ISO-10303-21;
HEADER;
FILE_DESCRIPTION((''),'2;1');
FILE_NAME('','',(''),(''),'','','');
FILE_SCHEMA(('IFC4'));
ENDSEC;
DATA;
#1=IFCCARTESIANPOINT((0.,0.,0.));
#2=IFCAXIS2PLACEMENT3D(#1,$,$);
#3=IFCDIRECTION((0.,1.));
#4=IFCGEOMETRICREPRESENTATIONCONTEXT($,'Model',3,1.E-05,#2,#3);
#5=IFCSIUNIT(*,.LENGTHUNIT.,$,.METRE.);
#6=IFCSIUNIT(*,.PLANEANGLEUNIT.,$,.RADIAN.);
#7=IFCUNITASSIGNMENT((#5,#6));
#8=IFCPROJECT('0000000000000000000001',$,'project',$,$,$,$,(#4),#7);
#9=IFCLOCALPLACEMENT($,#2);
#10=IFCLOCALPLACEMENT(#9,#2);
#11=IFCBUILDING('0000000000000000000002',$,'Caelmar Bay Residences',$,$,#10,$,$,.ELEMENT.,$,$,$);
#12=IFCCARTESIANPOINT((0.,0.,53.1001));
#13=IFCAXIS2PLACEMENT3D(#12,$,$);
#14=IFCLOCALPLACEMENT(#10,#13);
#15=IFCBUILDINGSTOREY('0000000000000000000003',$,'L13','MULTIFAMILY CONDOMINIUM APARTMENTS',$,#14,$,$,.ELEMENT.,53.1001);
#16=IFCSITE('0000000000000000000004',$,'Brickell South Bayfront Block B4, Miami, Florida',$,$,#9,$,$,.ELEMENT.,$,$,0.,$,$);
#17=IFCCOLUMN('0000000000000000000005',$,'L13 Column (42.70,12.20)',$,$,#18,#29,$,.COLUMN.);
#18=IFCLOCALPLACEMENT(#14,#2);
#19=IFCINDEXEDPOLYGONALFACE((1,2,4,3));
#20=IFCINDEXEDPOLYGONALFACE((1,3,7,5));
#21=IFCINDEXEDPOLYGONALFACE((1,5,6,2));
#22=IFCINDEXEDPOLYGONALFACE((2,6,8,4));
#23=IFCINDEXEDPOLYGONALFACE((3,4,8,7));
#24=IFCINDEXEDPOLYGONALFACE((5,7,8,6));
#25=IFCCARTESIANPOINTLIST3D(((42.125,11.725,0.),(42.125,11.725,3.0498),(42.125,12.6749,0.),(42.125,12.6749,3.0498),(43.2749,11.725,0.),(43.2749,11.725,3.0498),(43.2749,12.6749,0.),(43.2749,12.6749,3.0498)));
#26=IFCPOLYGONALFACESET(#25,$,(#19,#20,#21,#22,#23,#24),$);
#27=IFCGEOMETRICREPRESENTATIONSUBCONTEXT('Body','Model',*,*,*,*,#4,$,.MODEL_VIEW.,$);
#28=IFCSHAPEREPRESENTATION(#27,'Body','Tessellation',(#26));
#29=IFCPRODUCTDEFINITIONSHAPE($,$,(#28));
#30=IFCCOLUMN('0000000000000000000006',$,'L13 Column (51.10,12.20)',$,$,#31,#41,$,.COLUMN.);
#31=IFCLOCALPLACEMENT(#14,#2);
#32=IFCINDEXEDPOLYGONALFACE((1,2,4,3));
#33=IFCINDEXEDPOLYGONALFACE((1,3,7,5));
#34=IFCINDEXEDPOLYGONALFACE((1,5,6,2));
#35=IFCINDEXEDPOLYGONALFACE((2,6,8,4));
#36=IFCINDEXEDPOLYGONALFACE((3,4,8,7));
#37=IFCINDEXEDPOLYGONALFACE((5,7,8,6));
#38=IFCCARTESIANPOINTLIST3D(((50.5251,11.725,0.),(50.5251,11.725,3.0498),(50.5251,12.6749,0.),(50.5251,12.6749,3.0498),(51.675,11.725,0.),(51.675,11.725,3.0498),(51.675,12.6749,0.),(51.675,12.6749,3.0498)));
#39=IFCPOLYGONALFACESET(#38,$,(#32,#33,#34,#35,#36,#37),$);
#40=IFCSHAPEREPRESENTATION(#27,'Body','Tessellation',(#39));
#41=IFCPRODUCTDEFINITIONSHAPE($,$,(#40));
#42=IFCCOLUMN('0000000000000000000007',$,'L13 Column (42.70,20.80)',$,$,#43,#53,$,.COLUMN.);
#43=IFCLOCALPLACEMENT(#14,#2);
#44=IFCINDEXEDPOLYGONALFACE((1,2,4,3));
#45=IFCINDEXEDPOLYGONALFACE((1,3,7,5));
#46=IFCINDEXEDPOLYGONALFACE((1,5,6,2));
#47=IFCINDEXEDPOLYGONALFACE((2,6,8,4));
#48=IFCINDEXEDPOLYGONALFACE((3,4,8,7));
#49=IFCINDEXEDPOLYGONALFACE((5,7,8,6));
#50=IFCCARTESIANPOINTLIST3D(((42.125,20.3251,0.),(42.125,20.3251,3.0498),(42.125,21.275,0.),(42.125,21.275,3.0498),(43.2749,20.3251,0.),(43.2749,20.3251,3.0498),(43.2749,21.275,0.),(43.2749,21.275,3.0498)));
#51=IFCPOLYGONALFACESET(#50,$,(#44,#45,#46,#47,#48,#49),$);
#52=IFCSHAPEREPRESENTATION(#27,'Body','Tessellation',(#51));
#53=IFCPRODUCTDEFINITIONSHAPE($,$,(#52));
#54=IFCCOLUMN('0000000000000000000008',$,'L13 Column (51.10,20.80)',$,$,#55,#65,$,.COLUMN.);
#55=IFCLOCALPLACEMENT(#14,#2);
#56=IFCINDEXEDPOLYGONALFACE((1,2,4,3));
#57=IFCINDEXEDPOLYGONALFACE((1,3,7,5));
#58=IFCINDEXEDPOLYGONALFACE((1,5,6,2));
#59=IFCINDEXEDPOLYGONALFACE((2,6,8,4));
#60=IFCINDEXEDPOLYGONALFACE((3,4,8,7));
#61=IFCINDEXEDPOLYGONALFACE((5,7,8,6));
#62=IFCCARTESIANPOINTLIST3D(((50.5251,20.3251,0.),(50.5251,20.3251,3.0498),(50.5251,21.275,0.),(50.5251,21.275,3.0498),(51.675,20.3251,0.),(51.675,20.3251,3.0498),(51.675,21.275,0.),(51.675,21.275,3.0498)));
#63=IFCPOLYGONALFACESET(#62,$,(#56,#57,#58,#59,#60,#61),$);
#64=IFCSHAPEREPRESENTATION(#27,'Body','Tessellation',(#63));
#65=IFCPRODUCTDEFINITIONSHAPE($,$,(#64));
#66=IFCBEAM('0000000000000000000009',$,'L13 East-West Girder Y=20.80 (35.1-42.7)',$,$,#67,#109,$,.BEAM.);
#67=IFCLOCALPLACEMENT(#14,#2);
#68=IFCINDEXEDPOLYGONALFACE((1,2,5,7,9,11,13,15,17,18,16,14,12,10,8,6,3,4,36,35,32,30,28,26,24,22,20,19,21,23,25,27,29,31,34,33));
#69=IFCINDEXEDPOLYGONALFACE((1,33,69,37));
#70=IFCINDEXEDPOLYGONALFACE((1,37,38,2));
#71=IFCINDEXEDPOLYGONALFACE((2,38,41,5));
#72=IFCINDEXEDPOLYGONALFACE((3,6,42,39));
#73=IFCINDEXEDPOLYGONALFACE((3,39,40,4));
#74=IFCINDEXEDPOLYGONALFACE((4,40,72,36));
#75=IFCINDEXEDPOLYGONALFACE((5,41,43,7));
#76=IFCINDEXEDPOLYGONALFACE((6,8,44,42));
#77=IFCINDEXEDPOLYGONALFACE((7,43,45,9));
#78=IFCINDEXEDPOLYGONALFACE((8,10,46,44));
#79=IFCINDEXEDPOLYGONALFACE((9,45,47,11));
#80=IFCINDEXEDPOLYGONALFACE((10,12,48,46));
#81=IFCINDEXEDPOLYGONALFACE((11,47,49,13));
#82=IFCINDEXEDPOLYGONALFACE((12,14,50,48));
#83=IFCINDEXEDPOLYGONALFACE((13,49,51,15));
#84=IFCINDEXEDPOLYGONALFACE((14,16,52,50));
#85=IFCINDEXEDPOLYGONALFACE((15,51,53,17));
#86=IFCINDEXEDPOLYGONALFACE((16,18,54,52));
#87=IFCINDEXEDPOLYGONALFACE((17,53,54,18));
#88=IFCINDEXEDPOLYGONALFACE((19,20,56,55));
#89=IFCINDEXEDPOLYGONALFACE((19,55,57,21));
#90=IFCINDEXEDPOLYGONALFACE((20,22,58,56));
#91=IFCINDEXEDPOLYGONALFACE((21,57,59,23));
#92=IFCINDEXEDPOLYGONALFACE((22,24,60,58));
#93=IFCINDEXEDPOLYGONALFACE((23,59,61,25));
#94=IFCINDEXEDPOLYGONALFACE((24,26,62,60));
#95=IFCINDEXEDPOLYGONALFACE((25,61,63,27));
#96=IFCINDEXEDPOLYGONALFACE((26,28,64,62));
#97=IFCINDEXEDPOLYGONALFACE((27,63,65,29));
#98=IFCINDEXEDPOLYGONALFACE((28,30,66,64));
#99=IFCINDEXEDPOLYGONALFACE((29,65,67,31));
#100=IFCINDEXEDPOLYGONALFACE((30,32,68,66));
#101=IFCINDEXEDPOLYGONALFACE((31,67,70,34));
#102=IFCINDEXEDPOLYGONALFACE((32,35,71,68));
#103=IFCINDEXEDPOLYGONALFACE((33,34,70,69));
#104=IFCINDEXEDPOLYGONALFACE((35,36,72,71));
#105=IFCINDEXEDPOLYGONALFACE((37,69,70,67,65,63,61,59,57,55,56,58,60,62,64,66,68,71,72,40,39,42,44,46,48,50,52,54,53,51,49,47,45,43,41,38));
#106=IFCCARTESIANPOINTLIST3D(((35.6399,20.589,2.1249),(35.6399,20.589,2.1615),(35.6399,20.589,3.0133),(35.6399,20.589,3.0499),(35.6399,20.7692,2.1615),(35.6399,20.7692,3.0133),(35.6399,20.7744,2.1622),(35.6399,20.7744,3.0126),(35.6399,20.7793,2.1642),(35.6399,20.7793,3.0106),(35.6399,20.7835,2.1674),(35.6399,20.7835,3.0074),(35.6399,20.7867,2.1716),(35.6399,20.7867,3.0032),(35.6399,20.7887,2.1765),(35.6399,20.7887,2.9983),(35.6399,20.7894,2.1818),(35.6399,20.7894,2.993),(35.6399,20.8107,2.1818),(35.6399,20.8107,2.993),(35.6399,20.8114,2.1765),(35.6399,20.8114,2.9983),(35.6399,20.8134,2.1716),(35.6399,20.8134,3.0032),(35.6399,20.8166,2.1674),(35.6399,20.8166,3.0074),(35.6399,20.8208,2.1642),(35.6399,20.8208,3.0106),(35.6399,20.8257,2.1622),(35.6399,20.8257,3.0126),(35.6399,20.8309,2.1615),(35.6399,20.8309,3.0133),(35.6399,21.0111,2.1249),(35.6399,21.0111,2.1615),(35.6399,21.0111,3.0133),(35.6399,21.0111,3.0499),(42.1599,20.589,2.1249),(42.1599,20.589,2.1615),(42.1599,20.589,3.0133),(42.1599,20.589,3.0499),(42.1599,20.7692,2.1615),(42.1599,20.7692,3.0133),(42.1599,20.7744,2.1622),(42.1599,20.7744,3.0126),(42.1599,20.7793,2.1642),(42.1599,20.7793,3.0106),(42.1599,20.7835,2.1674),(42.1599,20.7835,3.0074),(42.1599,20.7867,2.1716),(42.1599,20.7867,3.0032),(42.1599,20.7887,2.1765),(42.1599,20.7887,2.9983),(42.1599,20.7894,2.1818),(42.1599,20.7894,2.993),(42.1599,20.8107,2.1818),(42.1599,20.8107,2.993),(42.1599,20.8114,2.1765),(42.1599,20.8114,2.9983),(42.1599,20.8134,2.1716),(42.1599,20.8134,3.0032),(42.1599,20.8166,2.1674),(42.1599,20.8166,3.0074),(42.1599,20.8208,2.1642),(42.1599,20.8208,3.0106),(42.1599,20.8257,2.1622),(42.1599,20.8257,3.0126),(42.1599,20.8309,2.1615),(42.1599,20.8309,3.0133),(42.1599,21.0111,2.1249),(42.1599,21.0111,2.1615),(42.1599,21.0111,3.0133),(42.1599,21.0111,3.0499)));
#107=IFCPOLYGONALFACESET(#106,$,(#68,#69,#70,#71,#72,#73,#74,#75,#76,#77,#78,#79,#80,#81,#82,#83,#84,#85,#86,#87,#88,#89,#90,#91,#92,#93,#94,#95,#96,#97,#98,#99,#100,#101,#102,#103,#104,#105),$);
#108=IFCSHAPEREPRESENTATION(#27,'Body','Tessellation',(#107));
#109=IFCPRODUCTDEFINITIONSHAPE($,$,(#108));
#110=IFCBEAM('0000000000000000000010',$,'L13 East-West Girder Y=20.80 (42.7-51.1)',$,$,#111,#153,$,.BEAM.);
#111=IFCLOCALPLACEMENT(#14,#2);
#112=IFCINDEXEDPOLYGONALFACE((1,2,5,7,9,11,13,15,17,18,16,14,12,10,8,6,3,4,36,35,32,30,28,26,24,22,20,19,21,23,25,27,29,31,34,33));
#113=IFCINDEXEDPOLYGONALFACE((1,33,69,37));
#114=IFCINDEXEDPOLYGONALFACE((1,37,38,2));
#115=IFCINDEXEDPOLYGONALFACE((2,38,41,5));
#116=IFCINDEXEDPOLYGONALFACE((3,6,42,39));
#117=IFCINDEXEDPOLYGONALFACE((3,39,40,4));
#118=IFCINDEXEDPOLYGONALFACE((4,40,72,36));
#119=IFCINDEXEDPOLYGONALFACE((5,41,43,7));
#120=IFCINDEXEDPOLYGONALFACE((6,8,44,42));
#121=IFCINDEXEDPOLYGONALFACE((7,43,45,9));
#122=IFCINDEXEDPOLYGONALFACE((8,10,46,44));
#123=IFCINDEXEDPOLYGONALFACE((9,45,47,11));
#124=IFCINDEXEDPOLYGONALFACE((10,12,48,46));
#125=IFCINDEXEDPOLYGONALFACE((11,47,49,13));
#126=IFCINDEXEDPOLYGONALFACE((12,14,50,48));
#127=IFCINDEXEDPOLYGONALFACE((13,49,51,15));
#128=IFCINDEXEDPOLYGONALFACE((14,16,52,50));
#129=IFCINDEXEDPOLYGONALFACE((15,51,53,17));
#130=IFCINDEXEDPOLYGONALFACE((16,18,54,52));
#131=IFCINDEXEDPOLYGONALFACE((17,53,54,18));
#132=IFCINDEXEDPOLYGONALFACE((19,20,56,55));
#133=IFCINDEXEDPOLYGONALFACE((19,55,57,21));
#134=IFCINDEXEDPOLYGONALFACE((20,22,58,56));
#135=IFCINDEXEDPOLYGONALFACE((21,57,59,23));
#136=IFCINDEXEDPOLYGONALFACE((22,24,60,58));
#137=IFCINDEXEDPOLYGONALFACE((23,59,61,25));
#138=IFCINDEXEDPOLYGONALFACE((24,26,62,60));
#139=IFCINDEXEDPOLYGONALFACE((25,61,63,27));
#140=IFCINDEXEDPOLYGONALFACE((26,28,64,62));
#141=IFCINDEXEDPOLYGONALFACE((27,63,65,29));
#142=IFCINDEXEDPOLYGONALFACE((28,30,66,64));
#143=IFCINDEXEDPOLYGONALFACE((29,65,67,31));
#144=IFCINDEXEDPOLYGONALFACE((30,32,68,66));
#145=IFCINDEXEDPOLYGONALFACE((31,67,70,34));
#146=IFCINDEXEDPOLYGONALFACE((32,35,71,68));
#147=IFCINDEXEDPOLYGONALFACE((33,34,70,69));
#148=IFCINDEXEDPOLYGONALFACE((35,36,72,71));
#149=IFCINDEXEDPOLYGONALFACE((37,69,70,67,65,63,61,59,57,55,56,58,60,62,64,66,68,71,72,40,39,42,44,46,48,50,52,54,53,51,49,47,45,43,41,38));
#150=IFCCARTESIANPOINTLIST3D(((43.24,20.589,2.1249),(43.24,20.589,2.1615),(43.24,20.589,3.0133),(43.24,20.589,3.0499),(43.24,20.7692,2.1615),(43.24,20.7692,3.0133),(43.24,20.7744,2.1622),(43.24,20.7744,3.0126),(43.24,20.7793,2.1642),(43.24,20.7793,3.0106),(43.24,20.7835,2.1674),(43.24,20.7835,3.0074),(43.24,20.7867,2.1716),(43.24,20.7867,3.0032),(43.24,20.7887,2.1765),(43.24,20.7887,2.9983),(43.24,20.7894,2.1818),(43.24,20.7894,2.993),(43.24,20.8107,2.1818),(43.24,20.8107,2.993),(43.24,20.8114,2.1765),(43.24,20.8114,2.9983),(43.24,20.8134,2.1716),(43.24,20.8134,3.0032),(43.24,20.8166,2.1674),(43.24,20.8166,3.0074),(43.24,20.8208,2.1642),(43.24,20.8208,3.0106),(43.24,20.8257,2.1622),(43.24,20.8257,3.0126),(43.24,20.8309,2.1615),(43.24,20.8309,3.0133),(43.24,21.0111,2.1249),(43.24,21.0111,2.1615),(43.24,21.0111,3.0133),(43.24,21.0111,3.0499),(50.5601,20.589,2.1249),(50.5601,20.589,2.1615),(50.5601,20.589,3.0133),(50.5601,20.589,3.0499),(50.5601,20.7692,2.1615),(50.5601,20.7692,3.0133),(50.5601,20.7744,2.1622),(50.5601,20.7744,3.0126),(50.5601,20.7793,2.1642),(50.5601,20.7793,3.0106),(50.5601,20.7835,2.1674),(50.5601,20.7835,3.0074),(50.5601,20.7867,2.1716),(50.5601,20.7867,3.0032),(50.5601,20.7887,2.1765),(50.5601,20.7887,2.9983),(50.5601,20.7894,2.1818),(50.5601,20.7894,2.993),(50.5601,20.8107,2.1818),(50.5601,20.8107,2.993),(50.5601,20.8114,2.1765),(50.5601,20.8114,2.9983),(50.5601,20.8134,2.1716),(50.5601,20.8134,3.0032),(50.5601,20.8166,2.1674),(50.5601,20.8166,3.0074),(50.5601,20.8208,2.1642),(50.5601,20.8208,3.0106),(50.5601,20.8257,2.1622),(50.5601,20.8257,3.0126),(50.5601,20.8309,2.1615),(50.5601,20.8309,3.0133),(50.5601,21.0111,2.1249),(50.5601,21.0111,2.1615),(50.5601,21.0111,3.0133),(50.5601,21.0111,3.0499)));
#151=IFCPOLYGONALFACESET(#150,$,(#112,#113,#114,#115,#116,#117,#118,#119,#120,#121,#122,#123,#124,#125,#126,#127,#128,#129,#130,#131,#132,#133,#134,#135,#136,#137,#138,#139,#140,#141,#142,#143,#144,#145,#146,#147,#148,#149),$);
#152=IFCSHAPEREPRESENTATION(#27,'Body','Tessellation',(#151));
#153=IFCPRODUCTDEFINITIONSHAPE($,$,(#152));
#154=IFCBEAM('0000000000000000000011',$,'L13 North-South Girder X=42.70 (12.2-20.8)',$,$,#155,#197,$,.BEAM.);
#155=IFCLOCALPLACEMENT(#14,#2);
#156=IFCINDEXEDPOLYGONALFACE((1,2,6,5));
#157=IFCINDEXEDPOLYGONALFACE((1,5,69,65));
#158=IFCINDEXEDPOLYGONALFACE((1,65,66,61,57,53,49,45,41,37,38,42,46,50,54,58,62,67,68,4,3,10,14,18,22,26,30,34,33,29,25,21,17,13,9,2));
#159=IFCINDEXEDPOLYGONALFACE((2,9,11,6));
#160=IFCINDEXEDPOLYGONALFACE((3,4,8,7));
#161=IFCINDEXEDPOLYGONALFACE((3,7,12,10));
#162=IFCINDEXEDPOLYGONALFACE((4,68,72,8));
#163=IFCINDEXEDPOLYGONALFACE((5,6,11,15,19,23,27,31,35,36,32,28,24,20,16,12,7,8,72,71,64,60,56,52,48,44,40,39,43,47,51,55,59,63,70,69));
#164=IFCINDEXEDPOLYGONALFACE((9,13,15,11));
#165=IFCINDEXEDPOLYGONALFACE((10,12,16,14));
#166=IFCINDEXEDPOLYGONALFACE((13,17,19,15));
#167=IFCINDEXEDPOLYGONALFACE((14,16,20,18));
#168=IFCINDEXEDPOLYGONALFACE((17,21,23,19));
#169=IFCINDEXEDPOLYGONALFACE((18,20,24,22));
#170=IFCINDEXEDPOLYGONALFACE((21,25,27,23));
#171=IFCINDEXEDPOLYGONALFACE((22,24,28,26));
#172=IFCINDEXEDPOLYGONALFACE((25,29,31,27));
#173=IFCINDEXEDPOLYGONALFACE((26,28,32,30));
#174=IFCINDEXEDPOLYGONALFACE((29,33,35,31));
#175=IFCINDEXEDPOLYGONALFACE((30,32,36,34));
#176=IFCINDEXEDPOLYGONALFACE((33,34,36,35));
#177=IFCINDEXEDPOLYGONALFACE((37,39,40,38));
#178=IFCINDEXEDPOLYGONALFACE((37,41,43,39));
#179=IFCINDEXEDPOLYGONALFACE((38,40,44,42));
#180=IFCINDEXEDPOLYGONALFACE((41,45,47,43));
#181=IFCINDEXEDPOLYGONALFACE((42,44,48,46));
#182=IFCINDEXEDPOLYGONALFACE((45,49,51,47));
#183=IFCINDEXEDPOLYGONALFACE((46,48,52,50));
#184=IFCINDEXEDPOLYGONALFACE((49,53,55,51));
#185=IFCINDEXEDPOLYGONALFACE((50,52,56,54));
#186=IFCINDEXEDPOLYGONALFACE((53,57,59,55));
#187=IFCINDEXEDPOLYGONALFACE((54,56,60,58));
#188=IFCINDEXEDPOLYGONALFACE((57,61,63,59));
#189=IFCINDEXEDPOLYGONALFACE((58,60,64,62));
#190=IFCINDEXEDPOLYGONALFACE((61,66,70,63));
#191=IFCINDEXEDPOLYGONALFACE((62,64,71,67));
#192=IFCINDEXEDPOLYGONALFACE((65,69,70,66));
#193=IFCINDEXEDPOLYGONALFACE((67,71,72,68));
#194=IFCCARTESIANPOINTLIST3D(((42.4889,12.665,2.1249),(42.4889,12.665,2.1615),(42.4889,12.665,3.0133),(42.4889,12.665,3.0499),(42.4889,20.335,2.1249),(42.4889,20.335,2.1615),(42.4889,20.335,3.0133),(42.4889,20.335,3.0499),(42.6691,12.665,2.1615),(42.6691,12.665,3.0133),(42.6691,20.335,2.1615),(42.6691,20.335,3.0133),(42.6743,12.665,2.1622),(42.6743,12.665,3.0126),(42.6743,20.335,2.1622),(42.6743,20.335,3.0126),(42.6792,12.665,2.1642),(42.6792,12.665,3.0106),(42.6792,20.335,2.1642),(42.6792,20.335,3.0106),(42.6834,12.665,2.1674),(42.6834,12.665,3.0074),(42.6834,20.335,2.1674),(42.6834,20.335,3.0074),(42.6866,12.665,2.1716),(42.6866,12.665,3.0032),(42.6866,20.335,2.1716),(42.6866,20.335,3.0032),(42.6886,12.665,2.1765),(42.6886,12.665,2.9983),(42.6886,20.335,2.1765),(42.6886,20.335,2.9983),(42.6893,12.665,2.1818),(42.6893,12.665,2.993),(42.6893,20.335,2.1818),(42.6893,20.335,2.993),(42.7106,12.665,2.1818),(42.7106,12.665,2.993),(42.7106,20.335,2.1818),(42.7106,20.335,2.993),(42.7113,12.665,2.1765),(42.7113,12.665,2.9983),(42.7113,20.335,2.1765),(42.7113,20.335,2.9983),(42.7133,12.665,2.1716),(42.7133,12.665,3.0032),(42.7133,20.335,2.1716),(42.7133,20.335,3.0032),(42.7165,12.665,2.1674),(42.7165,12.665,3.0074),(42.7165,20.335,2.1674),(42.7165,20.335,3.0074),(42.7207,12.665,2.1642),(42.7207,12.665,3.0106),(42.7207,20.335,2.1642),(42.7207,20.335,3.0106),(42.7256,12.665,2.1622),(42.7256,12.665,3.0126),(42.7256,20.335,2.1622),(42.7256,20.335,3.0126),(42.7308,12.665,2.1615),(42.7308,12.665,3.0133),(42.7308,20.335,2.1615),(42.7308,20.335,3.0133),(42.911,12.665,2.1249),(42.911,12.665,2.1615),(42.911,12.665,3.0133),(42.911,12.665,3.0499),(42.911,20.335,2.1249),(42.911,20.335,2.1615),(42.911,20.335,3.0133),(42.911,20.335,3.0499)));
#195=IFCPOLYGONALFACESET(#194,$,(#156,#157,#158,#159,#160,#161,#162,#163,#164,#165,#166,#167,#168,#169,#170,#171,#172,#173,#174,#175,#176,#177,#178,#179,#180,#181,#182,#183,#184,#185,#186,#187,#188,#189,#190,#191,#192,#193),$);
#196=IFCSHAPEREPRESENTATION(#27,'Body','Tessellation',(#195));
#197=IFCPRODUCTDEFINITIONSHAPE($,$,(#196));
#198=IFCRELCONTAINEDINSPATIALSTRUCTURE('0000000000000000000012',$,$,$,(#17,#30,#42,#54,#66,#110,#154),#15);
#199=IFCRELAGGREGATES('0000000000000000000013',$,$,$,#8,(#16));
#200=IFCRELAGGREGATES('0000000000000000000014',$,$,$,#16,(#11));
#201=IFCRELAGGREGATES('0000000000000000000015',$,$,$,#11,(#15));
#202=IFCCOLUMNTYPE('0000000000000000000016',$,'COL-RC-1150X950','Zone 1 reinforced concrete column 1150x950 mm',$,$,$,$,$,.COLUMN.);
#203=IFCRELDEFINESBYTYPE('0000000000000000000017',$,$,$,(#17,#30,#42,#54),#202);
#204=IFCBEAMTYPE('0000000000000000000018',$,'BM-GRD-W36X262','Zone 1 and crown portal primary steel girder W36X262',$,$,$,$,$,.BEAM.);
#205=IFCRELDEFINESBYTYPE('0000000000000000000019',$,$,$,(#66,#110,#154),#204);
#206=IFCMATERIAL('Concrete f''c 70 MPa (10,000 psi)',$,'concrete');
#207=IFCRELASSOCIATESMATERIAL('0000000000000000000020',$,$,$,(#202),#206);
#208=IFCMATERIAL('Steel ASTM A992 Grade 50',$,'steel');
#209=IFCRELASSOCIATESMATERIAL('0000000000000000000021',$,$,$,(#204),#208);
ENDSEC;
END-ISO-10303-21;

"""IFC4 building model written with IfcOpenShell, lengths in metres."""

from ifc_helpers import new_model, si_unit, direction, frame, origin, origin_2d, place, context, subcontext, project, spatial, rectangle, i_section, extrude, material, material_profile, profile_set, type_object, element, save


model = new_model("IFC4")

# Units and contexts
model_context = context("Model", 3, precision=1e-05, world=origin(), true_north=direction((0.0, 1.0)))
body_context = subcontext(model_context, "Body", "Model", "MODEL_VIEW")
ifc_project = project(units=[si_unit("LENGTHUNIT", "METRE"), si_unit("PLANEANGLEUNIT", "RADIAN")], contexts=[model_context])

# Site, building, storey
site_placement = place(None, origin())
site = spatial("IfcSite", under=ifc_project, at=site_placement, Name="Brickell South Bayfront Block B4, Miami, Florida", CompositionType="ELEMENT", RefElevation=0.0)
building_placement = place(site_placement, origin())
building = spatial("IfcBuilding", under=site, at=building_placement, Name="Caelmar Bay Residences", CompositionType="ELEMENT")
storey_placement = place(building_placement, frame((0.0, 0.0, 53.1001)))
storey = spatial("IfcBuildingStorey", under=building, at=storey_placement, Name="L13", Description="MULTIFAMILY CONDOMINIUM APARTMENTS", CompositionType="ELEMENT", Elevation=53.1001)

# Columns
ifc_material_1 = material(Name="Concrete f'c 70 MPa (10,000 psi)", Category="concrete")
ifc_material_profile_1 = material_profile(ifc_material_1, rectangle(XDim=1.1499, YDim=0.95, at=origin_2d()), Name="RC-COL-1150X950")
ifc_profile_set_1 = profile_set([ifc_material_profile_1], Name="Concrete f'c 70 MPa (10,000 psi)")
column_type = type_object("IfcColumnType", Name="COL-RC-1150X950", Description="Zone 1 reinforced concrete column 1150x950 mm", PredefinedType="COLUMN", material=ifc_profile_set_1)
for number, where, z_axis, x_axis, name in (
    (1, (42.7, 12.2, 0.0), (0.0, 0.0, 1.0), (1.0, 0.0, 0.0), "L13 Column (42.70,12.20)"),
    (2, (51.1001, 12.2, 0.0), (0.0, 0.0, 1.0), (1.0, 0.0, 0.0), "L13 Column (51.10,12.20)"),
    (3, (42.7, 20.8, 0.0), (0.0, 0.0, 1.0), (1.0, 0.0, 0.0), "L13 Column (42.70,20.80)"),
    (4, (51.1001, 20.8, 0.0), (0.0, 0.0, 1.0), (1.0, 0.0, 0.0), "L13 Column (51.10,20.80)"),
):
    element("IfcColumn", number, at=place(storey_placement, frame(where, z_axis=z_axis, x_axis=x_axis)), inside=storey, type_object=column_type, Name=name, PredefinedType="COLUMN", context=body_context, shape_type="SweptSolid", body=[
        extrude(rectangle(XDim=1.1499, YDim=0.95, at=origin_2d()), origin(), (0.0, 0.0, 1.0), 3.0498),
    ])

# Beams
ifc_material_2 = material(Name="Steel ASTM A992 Grade 50", Category="steel")
ifc_material_profile_2 = material_profile(ifc_material_2, i_section(OverallWidth=0.4221, OverallDepth=0.925, WebThickness=0.0212, FlangeThickness=0.0366, FilletRadius=0.0203, at=origin_2d()), Name="W36X262")
ifc_profile_set_2 = profile_set([ifc_material_profile_2], Name="Steel ASTM A992 Grade 50")
beam_type_1 = type_object("IfcBeamType", Name="BM-GRD-W36X262", Description="Zone 1 and crown portal primary steel girder W36X262", PredefinedType="BEAM", material=ifc_profile_set_2)
beam_1_placement = place(storey_placement, frame((35.6399, 20.8, 2.5874), z_axis=(1.0, 0.0, 0.0), x_axis=(0.0, 1.0, 0.0)))
element("IfcBeam", 5, at=beam_1_placement, inside=storey, type_object=beam_type_1, Name="L13 East-West Girder Y=20.80 (35.1-42.7)", PredefinedType="BEAM", context=body_context, shape_type="SweptSolid", body=[
    extrude(i_section(OverallWidth=0.4221, OverallDepth=0.925, WebThickness=0.0212, FlangeThickness=0.0366, FilletRadius=0.0203, at=origin_2d()), origin(), (0.0, 0.0, 1.0), 6.52),
])
beam_2_placement = place(storey_placement, frame((43.24, 20.8, 2.5874), z_axis=(1.0, 0.0, 0.0), x_axis=(0.0, 1.0, 0.0)))
element("IfcBeam", 6, at=beam_2_placement, inside=storey, type_object=beam_type_1, Name="L13 East-West Girder Y=20.80 (42.7-51.1)", PredefinedType="BEAM", context=body_context, shape_type="SweptSolid", body=[
    extrude(i_section(OverallWidth=0.4221, OverallDepth=0.925, WebThickness=0.0212, FlangeThickness=0.0366, FilletRadius=0.0203, at=origin_2d()), origin(), (0.0, 0.0, 1.0), 7.3201),
])
beam_3_placement = place(storey_placement, frame((42.7, 12.665, 2.5874), z_axis=(0.0, 1.0, 0.0), x_axis=(-1.0, 0.0, 0.0)))
element("IfcBeam", 7, at=beam_3_placement, inside=storey, type_object=beam_type_1, Name="L13 North-South Girder X=42.70 (12.2-20.8)", PredefinedType="BEAM", context=body_context, shape_type="SweptSolid", body=[
    extrude(i_section(OverallWidth=0.4221, OverallDepth=0.925, WebThickness=0.0212, FlangeThickness=0.0366, FilletRadius=0.0203, at=origin_2d()), origin(), (0.0, 0.0, 1.0), 7.6699),
])

save(model, "model.ifc")
